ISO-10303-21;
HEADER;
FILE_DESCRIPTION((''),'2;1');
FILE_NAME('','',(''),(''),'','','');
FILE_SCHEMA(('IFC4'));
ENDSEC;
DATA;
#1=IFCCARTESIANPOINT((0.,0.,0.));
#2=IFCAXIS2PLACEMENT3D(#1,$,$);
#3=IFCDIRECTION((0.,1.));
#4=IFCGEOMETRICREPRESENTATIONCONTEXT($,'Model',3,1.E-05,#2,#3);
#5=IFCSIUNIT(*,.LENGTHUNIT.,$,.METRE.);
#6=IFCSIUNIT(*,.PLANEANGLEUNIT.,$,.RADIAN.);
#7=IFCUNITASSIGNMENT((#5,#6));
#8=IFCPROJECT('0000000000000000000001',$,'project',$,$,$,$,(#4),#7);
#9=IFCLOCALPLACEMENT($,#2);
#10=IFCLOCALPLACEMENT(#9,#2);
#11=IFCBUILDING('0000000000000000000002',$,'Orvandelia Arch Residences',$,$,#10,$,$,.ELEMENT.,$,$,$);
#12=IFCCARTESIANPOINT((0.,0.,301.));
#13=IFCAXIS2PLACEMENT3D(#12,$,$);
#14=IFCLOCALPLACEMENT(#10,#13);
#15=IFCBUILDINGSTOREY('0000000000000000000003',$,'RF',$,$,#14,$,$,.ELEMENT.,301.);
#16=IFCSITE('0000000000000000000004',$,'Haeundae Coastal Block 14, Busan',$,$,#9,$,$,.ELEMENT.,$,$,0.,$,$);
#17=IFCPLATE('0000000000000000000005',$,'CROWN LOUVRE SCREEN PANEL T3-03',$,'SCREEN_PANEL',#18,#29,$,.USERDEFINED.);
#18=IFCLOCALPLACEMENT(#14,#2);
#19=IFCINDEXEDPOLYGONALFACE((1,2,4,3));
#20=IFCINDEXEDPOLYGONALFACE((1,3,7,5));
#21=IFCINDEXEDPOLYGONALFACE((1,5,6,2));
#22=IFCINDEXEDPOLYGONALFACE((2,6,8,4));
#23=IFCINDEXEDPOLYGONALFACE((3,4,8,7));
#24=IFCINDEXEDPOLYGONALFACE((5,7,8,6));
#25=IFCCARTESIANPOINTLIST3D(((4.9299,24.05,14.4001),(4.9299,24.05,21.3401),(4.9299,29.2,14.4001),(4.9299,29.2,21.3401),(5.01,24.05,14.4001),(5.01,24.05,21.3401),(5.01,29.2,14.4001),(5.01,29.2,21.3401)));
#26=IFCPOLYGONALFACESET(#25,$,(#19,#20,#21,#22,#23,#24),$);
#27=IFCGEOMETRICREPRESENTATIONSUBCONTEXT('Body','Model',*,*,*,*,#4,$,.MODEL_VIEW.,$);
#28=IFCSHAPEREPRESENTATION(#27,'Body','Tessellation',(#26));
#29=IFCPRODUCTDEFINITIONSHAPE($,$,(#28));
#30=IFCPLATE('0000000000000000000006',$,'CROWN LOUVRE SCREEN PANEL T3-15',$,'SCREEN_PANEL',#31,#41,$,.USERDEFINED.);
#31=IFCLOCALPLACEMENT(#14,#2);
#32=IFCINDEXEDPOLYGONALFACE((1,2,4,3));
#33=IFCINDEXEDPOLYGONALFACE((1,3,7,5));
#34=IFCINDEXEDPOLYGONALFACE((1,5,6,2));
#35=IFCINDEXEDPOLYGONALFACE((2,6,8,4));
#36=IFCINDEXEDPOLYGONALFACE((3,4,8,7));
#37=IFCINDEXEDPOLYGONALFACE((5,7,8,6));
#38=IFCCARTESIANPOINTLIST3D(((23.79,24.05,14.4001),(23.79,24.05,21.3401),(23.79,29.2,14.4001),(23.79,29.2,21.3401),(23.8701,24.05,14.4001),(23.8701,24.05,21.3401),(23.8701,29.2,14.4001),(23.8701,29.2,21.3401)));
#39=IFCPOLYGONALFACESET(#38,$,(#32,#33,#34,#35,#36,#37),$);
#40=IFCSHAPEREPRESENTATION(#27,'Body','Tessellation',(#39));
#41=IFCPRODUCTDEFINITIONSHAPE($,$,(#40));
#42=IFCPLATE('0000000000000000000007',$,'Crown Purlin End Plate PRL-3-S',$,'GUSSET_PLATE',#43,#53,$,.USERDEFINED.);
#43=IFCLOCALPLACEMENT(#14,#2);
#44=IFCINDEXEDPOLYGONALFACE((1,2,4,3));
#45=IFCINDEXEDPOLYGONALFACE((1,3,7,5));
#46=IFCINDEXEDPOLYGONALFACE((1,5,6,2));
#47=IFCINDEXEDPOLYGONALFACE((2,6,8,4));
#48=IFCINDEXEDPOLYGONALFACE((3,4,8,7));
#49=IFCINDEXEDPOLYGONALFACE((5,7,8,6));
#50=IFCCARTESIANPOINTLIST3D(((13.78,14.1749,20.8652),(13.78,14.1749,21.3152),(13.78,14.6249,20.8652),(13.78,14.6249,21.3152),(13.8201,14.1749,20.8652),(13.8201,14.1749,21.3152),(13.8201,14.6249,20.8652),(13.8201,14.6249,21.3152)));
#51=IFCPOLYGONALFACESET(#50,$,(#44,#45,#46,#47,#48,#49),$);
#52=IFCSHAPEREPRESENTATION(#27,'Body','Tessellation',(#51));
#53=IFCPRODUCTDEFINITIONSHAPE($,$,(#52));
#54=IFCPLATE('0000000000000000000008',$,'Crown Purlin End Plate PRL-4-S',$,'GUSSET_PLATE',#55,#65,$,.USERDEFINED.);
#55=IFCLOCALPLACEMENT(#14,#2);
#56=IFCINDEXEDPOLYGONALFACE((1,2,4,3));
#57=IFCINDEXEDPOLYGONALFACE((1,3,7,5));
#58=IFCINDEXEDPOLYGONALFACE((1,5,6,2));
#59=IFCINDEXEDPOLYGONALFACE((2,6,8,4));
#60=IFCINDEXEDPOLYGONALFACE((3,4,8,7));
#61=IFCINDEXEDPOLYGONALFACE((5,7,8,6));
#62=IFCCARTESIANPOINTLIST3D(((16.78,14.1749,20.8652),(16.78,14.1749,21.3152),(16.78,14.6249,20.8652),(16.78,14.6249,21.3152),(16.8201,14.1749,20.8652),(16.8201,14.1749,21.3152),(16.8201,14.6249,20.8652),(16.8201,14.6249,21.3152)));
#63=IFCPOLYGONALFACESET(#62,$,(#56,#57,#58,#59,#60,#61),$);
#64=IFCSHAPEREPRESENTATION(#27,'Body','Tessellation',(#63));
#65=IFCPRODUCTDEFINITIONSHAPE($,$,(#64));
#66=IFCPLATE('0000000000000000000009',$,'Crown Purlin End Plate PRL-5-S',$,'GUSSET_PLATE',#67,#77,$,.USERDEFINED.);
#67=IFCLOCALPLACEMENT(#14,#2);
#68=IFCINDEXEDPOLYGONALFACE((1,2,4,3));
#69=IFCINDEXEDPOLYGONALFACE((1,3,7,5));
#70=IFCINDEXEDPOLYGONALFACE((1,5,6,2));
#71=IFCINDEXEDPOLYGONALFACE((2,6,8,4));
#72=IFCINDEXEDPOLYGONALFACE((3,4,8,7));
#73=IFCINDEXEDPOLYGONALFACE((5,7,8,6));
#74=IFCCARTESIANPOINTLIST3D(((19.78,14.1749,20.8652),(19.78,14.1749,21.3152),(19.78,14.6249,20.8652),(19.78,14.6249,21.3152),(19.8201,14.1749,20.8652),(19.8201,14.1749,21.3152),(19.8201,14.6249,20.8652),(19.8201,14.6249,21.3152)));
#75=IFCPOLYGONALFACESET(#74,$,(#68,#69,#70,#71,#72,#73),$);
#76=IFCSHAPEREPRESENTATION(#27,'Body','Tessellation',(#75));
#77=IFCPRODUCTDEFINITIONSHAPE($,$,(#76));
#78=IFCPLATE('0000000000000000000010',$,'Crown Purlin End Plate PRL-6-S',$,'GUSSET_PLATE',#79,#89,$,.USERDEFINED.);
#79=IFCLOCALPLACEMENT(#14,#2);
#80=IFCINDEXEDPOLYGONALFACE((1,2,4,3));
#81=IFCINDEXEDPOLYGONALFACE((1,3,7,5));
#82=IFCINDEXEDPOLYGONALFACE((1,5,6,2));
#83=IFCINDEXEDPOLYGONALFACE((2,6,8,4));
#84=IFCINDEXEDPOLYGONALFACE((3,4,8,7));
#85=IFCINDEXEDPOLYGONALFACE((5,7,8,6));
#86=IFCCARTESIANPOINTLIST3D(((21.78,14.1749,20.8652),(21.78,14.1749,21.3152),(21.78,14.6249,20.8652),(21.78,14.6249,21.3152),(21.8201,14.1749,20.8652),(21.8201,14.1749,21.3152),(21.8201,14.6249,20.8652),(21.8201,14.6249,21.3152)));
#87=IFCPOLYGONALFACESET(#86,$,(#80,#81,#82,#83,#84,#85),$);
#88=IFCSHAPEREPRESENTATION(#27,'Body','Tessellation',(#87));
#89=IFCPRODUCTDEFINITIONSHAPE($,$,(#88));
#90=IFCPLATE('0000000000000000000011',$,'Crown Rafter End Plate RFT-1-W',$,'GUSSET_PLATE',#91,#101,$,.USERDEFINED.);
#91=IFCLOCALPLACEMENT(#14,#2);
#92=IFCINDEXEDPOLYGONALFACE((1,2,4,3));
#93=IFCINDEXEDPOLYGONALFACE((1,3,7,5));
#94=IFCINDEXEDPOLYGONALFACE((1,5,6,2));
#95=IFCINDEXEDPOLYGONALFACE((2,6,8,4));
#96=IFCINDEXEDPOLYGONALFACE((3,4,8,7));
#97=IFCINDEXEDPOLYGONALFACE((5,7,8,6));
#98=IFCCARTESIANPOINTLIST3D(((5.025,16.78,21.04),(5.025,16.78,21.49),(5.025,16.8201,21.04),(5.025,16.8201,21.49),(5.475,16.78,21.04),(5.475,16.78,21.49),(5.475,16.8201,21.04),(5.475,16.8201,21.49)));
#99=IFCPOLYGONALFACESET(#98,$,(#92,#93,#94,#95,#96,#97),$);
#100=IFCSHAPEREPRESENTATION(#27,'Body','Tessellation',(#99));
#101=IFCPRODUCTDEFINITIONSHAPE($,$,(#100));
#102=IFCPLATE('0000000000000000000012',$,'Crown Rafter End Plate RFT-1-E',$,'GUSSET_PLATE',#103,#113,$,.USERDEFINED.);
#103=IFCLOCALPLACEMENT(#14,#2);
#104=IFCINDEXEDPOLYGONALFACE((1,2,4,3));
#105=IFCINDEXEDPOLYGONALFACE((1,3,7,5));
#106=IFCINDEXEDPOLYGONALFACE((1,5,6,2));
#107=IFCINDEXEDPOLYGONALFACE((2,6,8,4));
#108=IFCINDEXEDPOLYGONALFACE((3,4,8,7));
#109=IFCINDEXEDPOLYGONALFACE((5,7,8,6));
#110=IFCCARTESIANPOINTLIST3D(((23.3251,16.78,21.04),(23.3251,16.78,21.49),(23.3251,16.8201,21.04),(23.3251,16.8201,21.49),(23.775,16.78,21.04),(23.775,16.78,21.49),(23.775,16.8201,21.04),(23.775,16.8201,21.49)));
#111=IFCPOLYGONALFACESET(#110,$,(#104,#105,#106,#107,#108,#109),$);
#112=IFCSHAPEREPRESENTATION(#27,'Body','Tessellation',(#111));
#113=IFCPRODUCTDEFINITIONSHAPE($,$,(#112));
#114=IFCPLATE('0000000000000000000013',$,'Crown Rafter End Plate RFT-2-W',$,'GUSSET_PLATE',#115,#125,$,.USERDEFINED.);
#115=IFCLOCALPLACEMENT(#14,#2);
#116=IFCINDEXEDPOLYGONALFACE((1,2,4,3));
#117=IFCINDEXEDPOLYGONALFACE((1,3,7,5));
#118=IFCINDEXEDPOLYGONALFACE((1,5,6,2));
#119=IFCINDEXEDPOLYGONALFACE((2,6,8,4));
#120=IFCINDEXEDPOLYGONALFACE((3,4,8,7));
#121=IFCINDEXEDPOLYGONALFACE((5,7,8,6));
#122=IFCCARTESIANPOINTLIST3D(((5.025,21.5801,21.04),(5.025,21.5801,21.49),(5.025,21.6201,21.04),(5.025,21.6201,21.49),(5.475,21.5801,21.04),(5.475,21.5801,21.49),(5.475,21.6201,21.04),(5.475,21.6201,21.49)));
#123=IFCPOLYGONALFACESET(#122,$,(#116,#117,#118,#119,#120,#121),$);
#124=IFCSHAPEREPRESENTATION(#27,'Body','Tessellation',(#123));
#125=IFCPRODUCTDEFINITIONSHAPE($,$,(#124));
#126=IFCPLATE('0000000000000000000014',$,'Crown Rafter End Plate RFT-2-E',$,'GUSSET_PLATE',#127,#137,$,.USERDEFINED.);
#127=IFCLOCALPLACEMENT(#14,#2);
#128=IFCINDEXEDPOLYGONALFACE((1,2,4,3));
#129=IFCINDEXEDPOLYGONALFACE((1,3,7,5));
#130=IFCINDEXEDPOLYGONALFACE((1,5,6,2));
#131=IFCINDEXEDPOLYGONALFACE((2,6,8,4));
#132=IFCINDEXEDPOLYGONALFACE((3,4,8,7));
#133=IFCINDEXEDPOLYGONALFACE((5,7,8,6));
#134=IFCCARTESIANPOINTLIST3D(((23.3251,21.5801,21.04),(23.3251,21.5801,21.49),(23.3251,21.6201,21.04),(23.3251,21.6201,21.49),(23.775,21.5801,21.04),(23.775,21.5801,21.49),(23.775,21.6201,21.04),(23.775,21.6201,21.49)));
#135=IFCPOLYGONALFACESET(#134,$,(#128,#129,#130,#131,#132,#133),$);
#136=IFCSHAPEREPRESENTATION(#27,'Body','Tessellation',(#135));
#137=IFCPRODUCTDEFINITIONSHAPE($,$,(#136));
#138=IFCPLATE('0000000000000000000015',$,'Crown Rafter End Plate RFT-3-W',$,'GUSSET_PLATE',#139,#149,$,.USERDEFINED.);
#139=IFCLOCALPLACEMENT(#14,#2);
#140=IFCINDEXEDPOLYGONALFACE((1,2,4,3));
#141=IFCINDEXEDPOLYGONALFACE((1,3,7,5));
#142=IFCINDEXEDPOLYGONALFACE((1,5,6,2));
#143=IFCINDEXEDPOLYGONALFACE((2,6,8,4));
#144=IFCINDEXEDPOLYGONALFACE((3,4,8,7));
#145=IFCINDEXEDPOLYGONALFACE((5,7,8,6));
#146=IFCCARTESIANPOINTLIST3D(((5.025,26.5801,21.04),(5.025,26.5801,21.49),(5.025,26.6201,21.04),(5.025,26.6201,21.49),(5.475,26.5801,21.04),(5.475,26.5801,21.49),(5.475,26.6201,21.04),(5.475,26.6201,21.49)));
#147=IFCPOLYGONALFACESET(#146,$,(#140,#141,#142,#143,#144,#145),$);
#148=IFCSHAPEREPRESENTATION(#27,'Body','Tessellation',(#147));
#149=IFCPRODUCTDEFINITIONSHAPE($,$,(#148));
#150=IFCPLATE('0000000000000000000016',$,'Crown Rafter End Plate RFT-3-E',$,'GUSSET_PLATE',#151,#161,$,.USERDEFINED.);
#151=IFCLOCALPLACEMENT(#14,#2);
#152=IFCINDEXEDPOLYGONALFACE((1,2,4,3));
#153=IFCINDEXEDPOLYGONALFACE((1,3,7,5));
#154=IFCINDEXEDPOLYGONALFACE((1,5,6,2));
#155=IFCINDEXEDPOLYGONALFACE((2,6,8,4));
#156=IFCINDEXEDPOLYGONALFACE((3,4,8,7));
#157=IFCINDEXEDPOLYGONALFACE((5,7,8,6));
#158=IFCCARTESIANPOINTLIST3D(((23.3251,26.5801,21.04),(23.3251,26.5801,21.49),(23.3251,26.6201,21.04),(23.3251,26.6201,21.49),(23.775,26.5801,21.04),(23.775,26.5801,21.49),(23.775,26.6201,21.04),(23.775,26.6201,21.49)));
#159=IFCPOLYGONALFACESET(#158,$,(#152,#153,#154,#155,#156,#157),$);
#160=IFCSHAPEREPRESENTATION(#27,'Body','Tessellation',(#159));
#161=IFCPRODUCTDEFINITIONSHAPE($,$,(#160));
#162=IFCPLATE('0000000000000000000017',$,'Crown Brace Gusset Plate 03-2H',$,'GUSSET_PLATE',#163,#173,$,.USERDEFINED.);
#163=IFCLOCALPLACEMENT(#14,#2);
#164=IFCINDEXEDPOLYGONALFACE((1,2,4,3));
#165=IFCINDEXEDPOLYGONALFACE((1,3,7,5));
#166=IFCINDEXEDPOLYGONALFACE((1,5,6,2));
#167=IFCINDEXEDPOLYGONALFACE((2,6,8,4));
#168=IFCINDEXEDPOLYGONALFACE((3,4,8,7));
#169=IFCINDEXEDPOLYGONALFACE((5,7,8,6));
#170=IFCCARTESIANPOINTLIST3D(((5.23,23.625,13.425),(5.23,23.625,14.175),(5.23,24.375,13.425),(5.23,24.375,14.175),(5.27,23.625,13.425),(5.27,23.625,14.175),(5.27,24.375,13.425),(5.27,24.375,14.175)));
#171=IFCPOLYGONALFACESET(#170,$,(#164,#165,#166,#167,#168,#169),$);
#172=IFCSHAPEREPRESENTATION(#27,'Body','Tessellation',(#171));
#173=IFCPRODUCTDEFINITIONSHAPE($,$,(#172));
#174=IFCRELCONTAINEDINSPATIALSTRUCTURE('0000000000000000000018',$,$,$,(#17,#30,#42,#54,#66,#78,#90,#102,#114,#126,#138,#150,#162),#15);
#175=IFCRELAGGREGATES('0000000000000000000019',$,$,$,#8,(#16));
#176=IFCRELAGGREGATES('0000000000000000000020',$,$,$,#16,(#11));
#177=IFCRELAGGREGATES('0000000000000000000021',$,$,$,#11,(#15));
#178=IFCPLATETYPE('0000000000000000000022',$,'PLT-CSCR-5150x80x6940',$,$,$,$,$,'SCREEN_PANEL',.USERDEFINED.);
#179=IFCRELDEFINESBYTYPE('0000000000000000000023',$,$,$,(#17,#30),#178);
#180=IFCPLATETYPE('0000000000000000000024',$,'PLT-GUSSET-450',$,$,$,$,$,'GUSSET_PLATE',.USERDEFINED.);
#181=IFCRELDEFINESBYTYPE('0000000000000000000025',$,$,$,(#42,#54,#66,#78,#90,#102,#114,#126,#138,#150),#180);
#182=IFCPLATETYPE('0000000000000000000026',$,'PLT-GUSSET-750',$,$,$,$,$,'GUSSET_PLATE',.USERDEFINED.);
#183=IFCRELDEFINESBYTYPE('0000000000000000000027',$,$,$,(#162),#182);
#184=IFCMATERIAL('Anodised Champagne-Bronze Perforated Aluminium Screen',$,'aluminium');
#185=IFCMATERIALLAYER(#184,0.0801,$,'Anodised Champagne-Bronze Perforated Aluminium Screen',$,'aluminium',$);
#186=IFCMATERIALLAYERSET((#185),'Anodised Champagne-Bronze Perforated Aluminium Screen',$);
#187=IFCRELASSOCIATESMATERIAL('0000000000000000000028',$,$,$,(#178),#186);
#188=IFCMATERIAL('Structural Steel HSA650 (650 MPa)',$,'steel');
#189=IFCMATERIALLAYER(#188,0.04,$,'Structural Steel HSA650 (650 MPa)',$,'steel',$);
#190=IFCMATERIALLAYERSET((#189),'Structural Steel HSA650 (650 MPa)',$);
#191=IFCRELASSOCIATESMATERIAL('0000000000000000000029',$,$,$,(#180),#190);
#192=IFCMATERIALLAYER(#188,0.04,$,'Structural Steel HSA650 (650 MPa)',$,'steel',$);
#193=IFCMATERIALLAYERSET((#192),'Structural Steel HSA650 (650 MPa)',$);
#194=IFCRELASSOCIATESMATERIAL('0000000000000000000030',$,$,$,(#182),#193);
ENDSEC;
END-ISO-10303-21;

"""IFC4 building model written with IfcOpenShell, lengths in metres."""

from ifc_helpers import new_model, si_unit, direction, frame, origin, origin_2d, place, context, subcontext, project, spatial, rectangle, extrude, material, layer, layer_set, type_object, element, save


model = new_model("IFC4")

# Units and contexts
model_context = context("Model", 3, precision=1e-05, world=origin(), true_north=direction((0.0, 1.0)))
body_context = subcontext(model_context, "Body", "Model", "MODEL_VIEW")
ifc_project = project(units=[si_unit("LENGTHUNIT", "METRE"), si_unit("PLANEANGLEUNIT", "RADIAN")], contexts=[model_context])

# Site, building, storey
site_placement = place(None, origin())
site = spatial("IfcSite", under=ifc_project, at=site_placement, Name="Haeundae Coastal Block 14, Busan", CompositionType="ELEMENT", RefElevation=0.0)
building_placement = place(site_placement, origin())
building = spatial("IfcBuilding", under=site, at=building_placement, Name="Orvandelia Arch Residences", CompositionType="ELEMENT")
storey_placement = place(building_placement, frame((0.0, 0.0, 301.0)))
storey = spatial("IfcBuildingStorey", under=building, at=storey_placement, Name="RF", CompositionType="ELEMENT", Elevation=301.0)

# Shared definitions
ifc_material_1 = material(Name="Structural Steel HSA650 (650 MPa)", Category="steel")

# Plates
ifc_material_2 = material(Name="Anodised Champagne-Bronze Perforated Aluminium Screen", Category="aluminium")
ifc_layer_1 = layer(ifc_material_2, 0.0801, Name="Anodised Champagne-Bronze Perforated Aluminium Screen", Category="aluminium")
ifc_layer_set_1 = layer_set([ifc_layer_1], Name="Anodised Champagne-Bronze Perforated Aluminium Screen")
plate_type_1 = type_object("IfcPlateType", Name="PLT-CSCR-5150x80x6940", ElementType="SCREEN_PANEL", PredefinedType="USERDEFINED", material=ifc_layer_set_1)
for number, where, z_axis, x_axis, name in (
    (1, (4.97, 26.625, 14.4001), (0.0, 0.0, 1.0), (0.0, 1.0, 0.0), "CROWN LOUVRE SCREEN PANEL T3-03"),
    (2, (23.8301, 26.625, 14.4001), (0.0, 0.0, 1.0), (0.0, -1.0, 0.0), "CROWN LOUVRE SCREEN PANEL T3-15"),
):
    element("IfcPlate", number, at=place(storey_placement, frame(where, z_axis=z_axis, x_axis=x_axis)), inside=storey, type_object=plate_type_1, Name=name, ObjectType="SCREEN_PANEL", PredefinedType="USERDEFINED", context=body_context, shape_type="SweptSolid", body=[
        extrude(rectangle(XDim=5.1499, YDim=0.0801, at=origin_2d()), origin(), (0.0, 0.0, 1.0), 6.9399),
    ])
ifc_layer_2 = layer(ifc_material_1, 0.04, Name="Structural Steel HSA650 (650 MPa)", Category="steel")
ifc_layer_set_2 = layer_set([ifc_layer_2], Name="Structural Steel HSA650 (650 MPa)")
plate_type_2 = type_object("IfcPlateType", Name="PLT-GUSSET-450", ElementType="GUSSET_PLATE", PredefinedType="USERDEFINED", material=ifc_layer_set_2)
for number, where, z_axis, x_axis, name in (
    (3, (13.8, 14.3999, 20.8652), (0.0, 0.0, 1.0), (0.0, 1.0, 0.0), "Crown Purlin End Plate PRL-3-S"),
    (4, (16.8, 14.3999, 20.8652), (0.0, 0.0, 1.0), (0.0, 1.0, 0.0), "Crown Purlin End Plate PRL-4-S"),
    (5, (19.8, 14.3999, 20.8652), (0.0, 0.0, 1.0), (0.0, 1.0, 0.0), "Crown Purlin End Plate PRL-5-S"),
    (6, (21.8, 14.3999, 20.8652), (0.0, 0.0, 1.0), (0.0, 1.0, 0.0), "Crown Purlin End Plate PRL-6-S"),
    (7, (5.25, 16.8, 21.04), (0.0, 0.0, 1.0), (1.0, 0.0, 0.0), "Crown Rafter End Plate RFT-1-W"),
    (8, (23.55, 16.8, 21.04), (0.0, 0.0, 1.0), (1.0, 0.0, 0.0), "Crown Rafter End Plate RFT-1-E"),
    (9, (5.25, 21.6001, 21.04), (0.0, 0.0, 1.0), (1.0, 0.0, 0.0), "Crown Rafter End Plate RFT-2-W"),
    (10, (23.55, 21.6001, 21.04), (0.0, 0.0, 1.0), (1.0, 0.0, 0.0), "Crown Rafter End Plate RFT-2-E"),
    (11, (5.25, 26.6001, 21.04), (0.0, 0.0, 1.0), (1.0, 0.0, 0.0), "Crown Rafter End Plate RFT-3-W"),
    (12, (23.55, 26.6001, 21.04), (0.0, 0.0, 1.0), (1.0, 0.0, 0.0), "Crown Rafter End Plate RFT-3-E"),
):
    element("IfcPlate", number, at=place(storey_placement, frame(where, z_axis=z_axis, x_axis=x_axis)), inside=storey, type_object=plate_type_2, Name=name, ObjectType="GUSSET_PLATE", PredefinedType="USERDEFINED", context=body_context, shape_type="SweptSolid", body=[
        extrude(rectangle(XDim=0.45, YDim=0.04, at=origin_2d()), origin(), (0.0, 0.0, 1.0), 0.45),
    ])
ifc_layer_3 = layer(ifc_material_1, 0.04, Name="Structural Steel HSA650 (650 MPa)", Category="steel")
ifc_layer_set_3 = layer_set([ifc_layer_3], Name="Structural Steel HSA650 (650 MPa)")
plate_type_3 = type_object("IfcPlateType", Name="PLT-GUSSET-750", ElementType="GUSSET_PLATE", PredefinedType="USERDEFINED", material=ifc_layer_set_3)
plate_placement = place(storey_placement, frame((5.25, 24.0, 13.425), z_axis=(0.0, 0.0, 1.0), x_axis=(0.0, 1.0, 0.0)))
element("IfcPlate", 13, at=plate_placement, inside=storey, type_object=plate_type_3, Name="Crown Brace Gusset Plate 03-2H", ObjectType="GUSSET_PLATE", PredefinedType="USERDEFINED", context=body_context, shape_type="SweptSolid", body=[
    extrude(rectangle(XDim=0.75, YDim=0.04, at=origin_2d()), origin(), (0.0, 0.0, 1.0), 0.75),
])

save(model, "model.ifc")
